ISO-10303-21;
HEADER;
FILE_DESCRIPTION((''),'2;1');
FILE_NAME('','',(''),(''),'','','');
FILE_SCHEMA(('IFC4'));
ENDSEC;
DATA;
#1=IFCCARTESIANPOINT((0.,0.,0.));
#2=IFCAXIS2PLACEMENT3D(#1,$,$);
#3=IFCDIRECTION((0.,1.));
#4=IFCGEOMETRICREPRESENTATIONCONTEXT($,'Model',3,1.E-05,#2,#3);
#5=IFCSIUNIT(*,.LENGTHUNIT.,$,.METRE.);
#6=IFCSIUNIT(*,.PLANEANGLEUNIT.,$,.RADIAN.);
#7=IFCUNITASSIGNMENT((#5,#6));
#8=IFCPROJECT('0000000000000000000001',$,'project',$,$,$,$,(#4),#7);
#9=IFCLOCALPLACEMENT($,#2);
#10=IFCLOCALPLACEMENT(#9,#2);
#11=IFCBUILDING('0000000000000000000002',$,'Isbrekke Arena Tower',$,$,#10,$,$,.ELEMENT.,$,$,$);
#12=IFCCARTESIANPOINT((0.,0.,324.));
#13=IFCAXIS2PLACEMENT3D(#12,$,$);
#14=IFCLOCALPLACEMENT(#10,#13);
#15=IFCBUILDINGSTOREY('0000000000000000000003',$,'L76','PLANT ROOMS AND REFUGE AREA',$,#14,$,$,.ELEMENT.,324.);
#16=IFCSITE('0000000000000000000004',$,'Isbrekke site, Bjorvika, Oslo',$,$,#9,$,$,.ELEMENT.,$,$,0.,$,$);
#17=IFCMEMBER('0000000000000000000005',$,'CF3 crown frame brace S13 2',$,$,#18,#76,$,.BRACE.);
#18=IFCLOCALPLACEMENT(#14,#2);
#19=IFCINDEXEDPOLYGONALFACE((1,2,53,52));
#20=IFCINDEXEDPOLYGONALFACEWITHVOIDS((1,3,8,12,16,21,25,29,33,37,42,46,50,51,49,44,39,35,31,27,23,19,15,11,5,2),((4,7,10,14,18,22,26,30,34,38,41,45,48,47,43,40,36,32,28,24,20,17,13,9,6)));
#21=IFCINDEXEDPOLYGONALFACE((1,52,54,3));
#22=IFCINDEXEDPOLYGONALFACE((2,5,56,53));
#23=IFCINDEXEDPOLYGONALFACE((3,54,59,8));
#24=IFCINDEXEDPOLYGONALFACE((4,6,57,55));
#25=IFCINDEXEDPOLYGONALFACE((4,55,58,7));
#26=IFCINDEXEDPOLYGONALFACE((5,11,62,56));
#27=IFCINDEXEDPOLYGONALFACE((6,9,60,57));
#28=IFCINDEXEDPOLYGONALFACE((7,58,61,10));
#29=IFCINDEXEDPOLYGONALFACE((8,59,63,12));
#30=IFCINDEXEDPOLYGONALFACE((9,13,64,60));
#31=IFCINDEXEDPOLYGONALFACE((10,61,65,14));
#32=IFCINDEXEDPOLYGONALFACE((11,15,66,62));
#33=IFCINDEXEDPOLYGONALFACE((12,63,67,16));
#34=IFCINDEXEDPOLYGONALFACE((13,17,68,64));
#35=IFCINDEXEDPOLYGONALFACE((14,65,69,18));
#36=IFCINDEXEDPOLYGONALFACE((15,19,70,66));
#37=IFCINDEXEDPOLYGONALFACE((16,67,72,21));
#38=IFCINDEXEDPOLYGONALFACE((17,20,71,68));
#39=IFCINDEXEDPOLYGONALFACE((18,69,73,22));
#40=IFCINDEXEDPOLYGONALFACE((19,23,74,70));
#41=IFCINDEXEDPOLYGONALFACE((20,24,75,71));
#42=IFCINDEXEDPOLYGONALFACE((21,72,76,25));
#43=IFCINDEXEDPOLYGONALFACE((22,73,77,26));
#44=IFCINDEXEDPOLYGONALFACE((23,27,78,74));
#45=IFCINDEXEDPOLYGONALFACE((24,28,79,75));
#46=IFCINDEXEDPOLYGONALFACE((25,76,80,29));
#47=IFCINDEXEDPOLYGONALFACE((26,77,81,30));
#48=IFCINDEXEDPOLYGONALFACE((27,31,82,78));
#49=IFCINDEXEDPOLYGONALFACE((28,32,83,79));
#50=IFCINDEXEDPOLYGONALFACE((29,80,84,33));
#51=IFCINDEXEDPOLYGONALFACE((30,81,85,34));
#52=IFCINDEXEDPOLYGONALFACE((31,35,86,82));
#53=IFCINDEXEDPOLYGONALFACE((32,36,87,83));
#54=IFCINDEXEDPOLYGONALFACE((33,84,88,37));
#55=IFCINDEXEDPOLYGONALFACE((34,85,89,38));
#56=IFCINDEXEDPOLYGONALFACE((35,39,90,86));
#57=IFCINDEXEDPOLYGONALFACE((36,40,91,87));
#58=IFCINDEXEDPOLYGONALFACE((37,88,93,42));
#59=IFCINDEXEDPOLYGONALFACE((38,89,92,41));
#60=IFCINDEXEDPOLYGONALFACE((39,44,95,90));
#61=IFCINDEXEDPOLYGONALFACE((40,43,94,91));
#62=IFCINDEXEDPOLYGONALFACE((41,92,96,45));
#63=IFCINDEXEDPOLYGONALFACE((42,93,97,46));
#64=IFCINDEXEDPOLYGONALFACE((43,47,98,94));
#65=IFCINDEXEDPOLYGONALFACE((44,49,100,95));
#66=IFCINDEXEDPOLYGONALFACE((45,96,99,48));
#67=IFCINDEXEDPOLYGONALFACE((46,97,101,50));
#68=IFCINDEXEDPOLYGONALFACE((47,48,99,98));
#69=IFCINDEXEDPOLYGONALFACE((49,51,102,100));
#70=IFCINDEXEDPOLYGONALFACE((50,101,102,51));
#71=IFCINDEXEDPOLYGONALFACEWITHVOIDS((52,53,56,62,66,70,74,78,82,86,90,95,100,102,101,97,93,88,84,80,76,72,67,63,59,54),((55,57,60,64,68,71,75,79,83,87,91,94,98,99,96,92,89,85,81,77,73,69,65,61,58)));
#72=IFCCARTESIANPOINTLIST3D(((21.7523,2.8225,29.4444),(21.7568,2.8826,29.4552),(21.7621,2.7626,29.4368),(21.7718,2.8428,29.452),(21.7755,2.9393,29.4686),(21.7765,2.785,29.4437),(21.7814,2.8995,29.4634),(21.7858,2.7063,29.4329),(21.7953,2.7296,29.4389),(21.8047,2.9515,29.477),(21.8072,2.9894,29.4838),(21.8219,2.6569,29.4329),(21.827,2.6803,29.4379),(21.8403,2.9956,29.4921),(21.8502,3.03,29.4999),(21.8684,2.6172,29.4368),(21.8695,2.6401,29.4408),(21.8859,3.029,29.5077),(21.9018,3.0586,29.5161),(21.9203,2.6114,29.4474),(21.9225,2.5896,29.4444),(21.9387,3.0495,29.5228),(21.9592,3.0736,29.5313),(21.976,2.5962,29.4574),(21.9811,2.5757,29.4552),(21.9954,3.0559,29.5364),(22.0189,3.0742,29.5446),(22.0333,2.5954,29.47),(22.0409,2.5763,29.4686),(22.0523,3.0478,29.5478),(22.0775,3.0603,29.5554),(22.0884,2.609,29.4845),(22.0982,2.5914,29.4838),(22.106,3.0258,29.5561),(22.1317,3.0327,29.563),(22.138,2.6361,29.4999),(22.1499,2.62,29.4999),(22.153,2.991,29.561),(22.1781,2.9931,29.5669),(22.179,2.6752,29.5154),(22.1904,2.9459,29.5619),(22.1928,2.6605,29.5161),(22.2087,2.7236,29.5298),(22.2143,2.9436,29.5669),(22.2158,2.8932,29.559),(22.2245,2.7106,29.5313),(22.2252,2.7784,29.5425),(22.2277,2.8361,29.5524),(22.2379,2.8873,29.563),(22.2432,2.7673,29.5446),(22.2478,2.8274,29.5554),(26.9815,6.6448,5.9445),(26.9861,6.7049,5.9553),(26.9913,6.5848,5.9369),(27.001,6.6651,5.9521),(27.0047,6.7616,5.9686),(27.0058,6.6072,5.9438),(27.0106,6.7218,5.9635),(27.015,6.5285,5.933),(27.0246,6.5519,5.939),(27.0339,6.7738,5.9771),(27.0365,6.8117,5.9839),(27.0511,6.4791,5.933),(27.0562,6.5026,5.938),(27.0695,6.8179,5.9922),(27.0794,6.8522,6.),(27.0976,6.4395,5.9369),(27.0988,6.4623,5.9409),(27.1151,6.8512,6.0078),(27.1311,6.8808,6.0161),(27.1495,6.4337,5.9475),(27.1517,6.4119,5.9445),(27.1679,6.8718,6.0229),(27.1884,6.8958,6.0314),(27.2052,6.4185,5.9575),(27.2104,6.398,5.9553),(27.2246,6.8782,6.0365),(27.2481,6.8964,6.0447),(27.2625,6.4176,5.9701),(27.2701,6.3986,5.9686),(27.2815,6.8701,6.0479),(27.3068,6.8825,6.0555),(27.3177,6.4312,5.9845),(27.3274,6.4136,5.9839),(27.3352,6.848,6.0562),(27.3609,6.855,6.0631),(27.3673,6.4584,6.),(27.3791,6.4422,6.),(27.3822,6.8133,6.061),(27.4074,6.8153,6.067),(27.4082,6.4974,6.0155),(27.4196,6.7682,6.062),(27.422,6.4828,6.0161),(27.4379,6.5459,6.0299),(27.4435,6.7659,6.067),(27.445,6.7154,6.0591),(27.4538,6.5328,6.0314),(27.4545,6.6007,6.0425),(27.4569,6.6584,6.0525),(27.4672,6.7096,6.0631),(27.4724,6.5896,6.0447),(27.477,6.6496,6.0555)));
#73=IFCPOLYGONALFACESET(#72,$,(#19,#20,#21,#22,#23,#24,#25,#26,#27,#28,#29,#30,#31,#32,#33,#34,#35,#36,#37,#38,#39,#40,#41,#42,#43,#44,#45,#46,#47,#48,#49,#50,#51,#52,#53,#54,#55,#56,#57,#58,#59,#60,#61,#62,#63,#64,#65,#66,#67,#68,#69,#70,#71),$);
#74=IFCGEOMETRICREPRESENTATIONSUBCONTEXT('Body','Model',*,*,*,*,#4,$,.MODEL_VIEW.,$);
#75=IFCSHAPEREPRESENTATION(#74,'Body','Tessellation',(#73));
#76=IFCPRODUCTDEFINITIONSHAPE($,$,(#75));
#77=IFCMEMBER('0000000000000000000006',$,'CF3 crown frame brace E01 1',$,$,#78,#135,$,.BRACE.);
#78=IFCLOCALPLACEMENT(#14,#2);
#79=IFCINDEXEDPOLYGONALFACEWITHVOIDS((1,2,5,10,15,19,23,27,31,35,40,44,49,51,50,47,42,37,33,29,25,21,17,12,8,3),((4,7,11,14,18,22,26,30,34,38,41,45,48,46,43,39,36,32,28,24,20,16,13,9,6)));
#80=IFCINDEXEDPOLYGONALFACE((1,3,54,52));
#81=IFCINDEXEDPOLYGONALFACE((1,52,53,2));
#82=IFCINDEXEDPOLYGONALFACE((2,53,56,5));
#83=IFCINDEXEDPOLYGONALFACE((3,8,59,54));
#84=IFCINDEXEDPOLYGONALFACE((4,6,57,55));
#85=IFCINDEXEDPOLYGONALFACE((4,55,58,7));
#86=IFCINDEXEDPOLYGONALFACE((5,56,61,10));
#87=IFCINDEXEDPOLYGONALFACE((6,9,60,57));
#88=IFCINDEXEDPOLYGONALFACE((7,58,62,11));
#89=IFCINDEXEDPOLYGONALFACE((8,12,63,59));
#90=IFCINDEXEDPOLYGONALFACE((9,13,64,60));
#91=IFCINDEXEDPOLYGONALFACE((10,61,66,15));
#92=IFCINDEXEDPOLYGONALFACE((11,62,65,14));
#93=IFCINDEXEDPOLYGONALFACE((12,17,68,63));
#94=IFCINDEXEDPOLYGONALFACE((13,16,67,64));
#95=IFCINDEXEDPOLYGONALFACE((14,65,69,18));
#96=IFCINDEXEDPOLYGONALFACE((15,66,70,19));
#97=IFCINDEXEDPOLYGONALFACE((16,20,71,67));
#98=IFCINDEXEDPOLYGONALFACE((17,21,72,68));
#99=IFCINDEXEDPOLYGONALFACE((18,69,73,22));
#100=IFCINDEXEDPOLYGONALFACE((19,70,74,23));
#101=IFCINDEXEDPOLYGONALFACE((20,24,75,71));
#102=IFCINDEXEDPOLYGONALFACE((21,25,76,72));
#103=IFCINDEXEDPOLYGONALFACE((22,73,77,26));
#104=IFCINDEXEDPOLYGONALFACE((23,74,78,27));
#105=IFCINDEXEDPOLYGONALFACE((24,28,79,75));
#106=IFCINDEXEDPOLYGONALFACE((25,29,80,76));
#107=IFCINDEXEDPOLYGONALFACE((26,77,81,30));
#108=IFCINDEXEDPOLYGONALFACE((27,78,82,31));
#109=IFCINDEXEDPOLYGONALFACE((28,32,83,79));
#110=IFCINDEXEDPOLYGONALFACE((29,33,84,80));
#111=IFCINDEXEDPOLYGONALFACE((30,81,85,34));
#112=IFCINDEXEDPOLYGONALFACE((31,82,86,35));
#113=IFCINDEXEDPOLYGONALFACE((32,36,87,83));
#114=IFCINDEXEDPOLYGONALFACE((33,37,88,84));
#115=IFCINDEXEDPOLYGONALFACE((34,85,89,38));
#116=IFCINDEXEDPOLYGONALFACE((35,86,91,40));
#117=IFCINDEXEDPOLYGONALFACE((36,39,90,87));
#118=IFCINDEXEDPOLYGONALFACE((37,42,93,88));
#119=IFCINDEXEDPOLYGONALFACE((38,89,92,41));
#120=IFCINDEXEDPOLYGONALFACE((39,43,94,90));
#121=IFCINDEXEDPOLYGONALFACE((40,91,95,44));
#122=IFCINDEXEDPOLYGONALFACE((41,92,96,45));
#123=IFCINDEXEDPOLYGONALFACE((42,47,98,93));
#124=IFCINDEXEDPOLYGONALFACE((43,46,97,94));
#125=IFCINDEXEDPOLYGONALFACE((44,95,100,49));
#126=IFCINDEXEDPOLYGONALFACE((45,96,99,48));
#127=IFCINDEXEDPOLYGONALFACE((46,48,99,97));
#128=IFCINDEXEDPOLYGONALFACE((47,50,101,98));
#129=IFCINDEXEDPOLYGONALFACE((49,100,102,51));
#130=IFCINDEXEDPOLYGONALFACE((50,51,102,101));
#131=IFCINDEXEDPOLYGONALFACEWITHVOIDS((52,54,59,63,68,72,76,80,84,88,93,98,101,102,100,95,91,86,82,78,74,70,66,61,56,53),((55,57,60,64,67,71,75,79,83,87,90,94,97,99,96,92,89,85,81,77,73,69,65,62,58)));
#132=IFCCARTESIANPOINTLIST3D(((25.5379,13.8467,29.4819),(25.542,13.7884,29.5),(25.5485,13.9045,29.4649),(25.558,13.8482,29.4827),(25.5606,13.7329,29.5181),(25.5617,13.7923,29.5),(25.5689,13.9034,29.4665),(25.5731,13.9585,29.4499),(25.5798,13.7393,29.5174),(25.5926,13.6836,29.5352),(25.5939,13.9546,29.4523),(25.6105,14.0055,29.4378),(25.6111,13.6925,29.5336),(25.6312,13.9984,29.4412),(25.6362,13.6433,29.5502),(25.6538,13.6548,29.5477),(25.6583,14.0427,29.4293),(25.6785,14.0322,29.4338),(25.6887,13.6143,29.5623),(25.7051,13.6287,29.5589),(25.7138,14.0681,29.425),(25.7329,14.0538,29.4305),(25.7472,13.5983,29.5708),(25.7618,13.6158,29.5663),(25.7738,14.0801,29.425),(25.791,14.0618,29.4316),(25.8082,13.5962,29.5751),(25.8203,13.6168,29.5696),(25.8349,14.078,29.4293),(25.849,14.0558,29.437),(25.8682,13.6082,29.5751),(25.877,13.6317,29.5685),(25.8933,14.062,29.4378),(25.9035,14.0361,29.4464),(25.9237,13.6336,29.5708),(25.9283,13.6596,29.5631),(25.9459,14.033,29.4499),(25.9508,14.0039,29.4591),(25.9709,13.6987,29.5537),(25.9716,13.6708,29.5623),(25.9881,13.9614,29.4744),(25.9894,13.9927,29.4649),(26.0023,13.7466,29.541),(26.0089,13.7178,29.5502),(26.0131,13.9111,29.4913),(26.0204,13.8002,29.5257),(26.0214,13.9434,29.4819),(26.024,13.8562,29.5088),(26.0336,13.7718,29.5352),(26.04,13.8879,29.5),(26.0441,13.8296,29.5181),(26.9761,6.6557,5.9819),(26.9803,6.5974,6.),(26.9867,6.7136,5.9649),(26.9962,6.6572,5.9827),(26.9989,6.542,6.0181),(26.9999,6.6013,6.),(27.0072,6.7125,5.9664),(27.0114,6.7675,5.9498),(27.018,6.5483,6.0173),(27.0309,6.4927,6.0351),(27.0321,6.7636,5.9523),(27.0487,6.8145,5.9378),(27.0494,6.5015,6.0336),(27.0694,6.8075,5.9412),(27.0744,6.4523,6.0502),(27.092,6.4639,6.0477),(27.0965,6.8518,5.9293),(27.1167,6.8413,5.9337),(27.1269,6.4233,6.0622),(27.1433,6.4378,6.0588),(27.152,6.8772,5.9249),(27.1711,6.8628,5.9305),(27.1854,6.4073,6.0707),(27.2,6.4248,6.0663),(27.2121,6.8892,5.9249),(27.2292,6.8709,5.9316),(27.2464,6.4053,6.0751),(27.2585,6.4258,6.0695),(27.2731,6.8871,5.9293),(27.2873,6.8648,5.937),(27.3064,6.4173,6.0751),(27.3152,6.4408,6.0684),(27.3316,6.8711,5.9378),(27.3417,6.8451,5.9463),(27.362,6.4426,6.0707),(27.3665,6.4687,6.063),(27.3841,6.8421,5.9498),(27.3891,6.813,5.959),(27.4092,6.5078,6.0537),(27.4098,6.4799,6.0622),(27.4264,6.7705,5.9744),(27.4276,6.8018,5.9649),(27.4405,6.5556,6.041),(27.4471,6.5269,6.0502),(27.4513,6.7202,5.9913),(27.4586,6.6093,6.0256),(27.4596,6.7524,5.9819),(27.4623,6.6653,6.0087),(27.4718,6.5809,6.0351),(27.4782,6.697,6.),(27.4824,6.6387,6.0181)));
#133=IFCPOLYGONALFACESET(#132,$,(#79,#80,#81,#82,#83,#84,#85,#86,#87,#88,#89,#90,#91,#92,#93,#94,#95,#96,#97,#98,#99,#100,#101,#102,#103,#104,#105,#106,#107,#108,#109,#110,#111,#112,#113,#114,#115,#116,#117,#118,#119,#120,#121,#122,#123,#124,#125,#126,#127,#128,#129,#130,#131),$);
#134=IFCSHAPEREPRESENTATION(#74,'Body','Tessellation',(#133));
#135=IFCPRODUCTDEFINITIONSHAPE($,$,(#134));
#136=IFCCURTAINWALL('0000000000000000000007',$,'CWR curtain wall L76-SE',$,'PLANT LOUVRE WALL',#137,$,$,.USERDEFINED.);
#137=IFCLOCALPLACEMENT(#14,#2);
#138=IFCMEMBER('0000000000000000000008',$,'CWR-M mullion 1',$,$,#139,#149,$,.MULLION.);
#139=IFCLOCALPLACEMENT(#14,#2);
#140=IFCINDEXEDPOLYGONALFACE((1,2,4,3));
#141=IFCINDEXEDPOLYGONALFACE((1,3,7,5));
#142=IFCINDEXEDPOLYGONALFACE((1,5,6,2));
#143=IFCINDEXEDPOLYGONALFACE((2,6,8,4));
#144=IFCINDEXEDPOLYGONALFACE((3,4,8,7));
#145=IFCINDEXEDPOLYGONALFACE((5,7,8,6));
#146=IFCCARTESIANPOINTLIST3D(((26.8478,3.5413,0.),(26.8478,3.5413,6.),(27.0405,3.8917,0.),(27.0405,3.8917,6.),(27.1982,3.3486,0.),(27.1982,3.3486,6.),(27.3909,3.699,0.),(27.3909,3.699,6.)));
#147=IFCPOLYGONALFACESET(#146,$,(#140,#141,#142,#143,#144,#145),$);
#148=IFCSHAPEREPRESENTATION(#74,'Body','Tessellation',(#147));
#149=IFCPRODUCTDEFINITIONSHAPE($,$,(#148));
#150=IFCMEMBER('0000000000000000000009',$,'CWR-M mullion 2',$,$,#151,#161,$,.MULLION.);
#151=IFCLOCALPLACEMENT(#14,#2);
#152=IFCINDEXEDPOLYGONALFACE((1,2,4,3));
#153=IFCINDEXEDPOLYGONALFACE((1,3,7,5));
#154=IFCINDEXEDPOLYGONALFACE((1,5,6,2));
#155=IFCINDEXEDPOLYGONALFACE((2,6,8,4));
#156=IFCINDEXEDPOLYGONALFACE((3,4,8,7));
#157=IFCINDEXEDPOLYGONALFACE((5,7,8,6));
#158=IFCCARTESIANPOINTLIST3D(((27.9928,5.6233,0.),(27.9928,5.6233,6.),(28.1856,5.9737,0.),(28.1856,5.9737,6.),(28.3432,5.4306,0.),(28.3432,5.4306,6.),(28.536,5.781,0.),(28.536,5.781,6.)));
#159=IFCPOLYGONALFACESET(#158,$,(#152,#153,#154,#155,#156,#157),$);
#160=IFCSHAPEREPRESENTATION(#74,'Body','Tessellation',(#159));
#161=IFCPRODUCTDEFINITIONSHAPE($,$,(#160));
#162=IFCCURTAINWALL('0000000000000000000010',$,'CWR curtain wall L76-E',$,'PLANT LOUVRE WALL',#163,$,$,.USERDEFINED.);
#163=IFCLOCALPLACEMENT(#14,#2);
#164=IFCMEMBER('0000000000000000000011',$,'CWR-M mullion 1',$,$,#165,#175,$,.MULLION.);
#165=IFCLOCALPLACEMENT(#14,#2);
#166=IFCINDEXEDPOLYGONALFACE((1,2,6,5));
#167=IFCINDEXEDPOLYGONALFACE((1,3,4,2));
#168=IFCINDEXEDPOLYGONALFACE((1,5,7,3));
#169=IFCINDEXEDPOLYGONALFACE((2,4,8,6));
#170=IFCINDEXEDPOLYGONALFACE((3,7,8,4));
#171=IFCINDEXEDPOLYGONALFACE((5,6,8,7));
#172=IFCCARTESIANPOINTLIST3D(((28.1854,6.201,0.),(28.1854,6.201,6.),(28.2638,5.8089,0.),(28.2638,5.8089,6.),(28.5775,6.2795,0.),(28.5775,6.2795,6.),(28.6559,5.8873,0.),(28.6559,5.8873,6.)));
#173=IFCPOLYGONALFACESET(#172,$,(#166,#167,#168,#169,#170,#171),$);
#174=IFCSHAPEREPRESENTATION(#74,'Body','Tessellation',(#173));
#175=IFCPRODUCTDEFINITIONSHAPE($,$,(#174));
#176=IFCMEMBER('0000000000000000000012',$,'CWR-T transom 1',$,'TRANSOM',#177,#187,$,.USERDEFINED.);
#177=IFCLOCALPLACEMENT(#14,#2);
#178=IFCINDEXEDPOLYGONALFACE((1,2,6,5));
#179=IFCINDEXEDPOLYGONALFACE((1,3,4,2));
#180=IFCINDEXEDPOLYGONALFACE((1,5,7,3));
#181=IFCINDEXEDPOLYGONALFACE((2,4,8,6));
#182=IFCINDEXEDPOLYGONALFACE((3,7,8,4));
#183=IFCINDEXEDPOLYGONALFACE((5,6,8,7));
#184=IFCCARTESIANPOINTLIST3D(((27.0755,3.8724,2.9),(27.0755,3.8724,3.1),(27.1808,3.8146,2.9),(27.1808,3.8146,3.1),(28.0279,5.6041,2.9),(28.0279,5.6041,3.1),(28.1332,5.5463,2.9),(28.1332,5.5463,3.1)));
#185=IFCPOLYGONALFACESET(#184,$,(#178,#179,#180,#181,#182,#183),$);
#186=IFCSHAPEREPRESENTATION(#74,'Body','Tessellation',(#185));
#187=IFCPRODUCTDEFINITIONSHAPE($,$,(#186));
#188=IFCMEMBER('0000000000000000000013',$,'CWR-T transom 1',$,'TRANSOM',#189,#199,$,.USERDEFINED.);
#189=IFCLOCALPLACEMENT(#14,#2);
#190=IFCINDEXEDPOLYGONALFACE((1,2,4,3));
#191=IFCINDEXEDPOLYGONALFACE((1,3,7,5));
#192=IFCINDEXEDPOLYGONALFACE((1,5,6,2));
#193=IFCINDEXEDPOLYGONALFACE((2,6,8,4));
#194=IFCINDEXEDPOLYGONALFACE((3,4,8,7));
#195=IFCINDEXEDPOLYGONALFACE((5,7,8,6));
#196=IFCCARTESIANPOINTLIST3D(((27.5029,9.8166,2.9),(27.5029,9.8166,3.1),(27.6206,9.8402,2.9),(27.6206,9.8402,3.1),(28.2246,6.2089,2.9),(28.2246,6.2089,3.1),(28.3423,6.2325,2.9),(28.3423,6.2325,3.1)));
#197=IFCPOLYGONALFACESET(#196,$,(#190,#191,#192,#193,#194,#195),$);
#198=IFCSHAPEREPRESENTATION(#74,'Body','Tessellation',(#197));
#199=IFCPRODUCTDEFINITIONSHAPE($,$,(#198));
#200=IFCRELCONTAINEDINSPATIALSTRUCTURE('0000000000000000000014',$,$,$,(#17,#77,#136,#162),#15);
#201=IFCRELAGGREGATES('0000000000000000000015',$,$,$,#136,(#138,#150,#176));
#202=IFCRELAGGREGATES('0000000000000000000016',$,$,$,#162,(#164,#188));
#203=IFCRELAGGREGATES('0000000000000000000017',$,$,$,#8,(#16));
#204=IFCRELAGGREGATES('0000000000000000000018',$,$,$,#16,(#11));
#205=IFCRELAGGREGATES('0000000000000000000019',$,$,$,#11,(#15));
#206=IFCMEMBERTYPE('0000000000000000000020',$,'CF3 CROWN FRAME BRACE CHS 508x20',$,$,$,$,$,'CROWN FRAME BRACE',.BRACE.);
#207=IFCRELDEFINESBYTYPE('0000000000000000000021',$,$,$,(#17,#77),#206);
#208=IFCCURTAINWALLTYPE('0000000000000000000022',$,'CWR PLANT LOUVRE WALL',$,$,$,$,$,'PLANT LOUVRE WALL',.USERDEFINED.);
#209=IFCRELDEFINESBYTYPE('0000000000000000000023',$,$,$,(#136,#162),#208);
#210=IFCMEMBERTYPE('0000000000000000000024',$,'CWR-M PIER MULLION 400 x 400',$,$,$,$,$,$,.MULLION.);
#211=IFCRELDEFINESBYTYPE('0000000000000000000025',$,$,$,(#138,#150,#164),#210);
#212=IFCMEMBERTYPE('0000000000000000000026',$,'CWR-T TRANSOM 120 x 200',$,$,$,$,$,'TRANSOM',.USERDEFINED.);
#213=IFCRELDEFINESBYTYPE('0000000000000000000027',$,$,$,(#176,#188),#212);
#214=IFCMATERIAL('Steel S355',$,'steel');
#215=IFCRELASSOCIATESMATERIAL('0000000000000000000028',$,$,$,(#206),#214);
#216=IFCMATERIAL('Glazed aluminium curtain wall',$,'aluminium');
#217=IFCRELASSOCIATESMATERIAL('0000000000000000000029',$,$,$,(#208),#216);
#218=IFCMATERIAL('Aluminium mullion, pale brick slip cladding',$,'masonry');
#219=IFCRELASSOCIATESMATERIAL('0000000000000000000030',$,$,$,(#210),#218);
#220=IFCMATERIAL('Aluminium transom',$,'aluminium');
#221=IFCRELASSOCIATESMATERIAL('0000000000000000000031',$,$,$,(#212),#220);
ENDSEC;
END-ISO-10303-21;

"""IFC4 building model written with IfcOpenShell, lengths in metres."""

from ifc_helpers import new_model, si_unit, direction, frame, origin, origin_2d, place, context, subcontext, project, spatial, rectangle, hollow_circle, extrude, material, material_profile, profile_set, type_object, element, aggregate, save


model = new_model("IFC4")

# Units and contexts
model_context = context("Model", 3, precision=1e-05, world=origin(), true_north=direction((0.0, 1.0)))
body_context = subcontext(model_context, "Body", "Model", "MODEL_VIEW")
ifc_project = project(units=[si_unit("LENGTHUNIT", "METRE"), si_unit("PLANEANGLEUNIT", "RADIAN")], contexts=[model_context])

# Site, building, storey
site_placement = place(None, origin())
site = spatial("IfcSite", under=ifc_project, at=site_placement, Name="Isbrekke site, Bjorvika, Oslo", CompositionType="ELEMENT", RefElevation=0.0)
building_placement = place(site_placement, origin())
building = spatial("IfcBuilding", under=site, at=building_placement, Name="Isbrekke Arena Tower", CompositionType="ELEMENT")
storey_placement = place(building_placement, frame((0.0, 0.0, 324.0)))
storey = spatial("IfcBuildingStorey", under=building, at=storey_placement, Name="L76", Description="PLANT ROOMS AND REFUGE AREA", CompositionType="ELEMENT", Elevation=324.0)

# Members
ifc_material_1 = material(Name="Steel S355", Category="steel")
ifc_material_profile_1 = material_profile(ifc_material_1, hollow_circle(Radius=0.2539, WallThickness=0.02, at=origin_2d()), Name="CHS 508x20")
ifc_profile_set_1 = profile_set([ifc_material_profile_1], Name="Steel S355")
member_type_1 = type_object("IfcMemberType", Name="CF3 CROWN FRAME BRACE CHS 508x20", ElementType="CROWN FRAME BRACE", PredefinedType="BRACE", material=ifc_profile_set_1)
for number, where, z_axis, x_axis, name in (
    (1, (27.2292, 6.6472, 6.0), (-0.214522, -0.156802, 0.964051), (0.590106, -0.807326, 0.0), "CF3 crown frame brace S13 2"),
):
    element("IfcMember", number, at=place(storey_placement, frame(where, z_axis=z_axis, x_axis=x_axis)), inside=storey, type_object=member_type_1, Name=name, PredefinedType="BRACE", context=body_context, shape_type="SweptSolid", body=[
        extrude(hollow_circle(Radius=0.2539, WallThickness=0.02, at=origin_2d()), origin(), (0.0, 0.0, 1.0), 24.3762),
    ])
member_1_placement = place(storey_placement, frame((27.2292, 6.6472, 6.0), z_axis=(-0.058423, 0.292104, 0.9546), x_axis=(-0.980579, -0.196123, 0.0)))
element("IfcMember", 2, at=member_1_placement, inside=storey, type_object=member_type_1, Name="CF3 crown frame brace E01 1", PredefinedType="BRACE", context=body_context, shape_type="SweptSolid", body=[
    extrude(hollow_circle(Radius=0.2539, WallThickness=0.02, at=origin_2d()), origin(), (0.0, 0.0, 1.0), 24.6177),
])

# Curtain wall, members
ifc_material_2 = material(Name="Glazed aluminium curtain wall", Category="aluminium")
curtain_wall_type = type_object("IfcCurtainWallType", Name="CWR PLANT LOUVRE WALL", ElementType="PLANT LOUVRE WALL", PredefinedType="USERDEFINED", material=ifc_material_2)
curtain_wall_1_placement = place(storey_placement, origin())
curtain_wall_1 = element("IfcCurtainWall", 3, at=curtain_wall_1_placement, inside=storey, type_object=curtain_wall_type, Name="CWR curtain wall L76-SE", ObjectType="PLANT LOUVRE WALL", PredefinedType="USERDEFINED")
ifc_material_3 = material(Name="Aluminium mullion, pale brick slip cladding", Category="masonry")
ifc_material_profile_2 = material_profile(ifc_material_3, rectangle(XDim=0.3999, YDim=0.3999, at=origin_2d()), Name="PIER 400X400")
ifc_profile_set_2 = profile_set([ifc_material_profile_2], Name="Aluminium mullion, pale brick slip cladding")
member_type_2 = type_object("IfcMemberType", Name="CWR-M PIER MULLION 400 x 400", PredefinedType="MULLION", material=ifc_profile_set_2)
member_2_placement = place(storey_placement, frame((27.1194, 3.6201, 0.0), z_axis=(0.0, 0.0, 1.0), x_axis=(0.481919, 0.876216, 0.0)))
member_2 = element("IfcMember", 4, at=member_2_placement, type_object=member_type_2, Name="CWR-M mullion 1", PredefinedType="MULLION", context=body_context, shape_type="SweptSolid", body=[
    extrude(rectangle(XDim=0.3999, YDim=0.3999, at=origin_2d()), origin(), (0.0, 0.0, 1.0), 6.0),
])
member_3_placement = place(storey_placement, frame((28.2644, 5.7021, 0.0), z_axis=(0.0, 0.0, 1.0), x_axis=(0.481919, 0.876216, 0.0)))
member_3 = element("IfcMember", 5, at=member_3_placement, type_object=member_type_2, Name="CWR-M mullion 2", PredefinedType="MULLION", context=body_context, shape_type="SweptSolid", body=[
    extrude(rectangle(XDim=0.3999, YDim=0.3999, at=origin_2d()), origin(), (0.0, 0.0, 1.0), 6.0),
])

# Curtain wall, member
curtain_wall_2_placement = place(storey_placement, origin())
curtain_wall_2 = element("IfcCurtainWall", 6, at=curtain_wall_2_placement, inside=storey, type_object=curtain_wall_type, Name="CWR curtain wall L76-E", ObjectType="PLANT LOUVRE WALL", PredefinedType="USERDEFINED")
member_4_placement = place(storey_placement, frame((28.4207, 6.0442, 0.0), z_axis=(0.0, 0.0, 1.0), x_axis=(-0.196116, 0.980581, 0.0)))
member_4 = element("IfcMember", 7, at=member_4_placement, type_object=member_type_2, Name="CWR-M mullion 1", PredefinedType="MULLION", context=body_context, shape_type="SweptSolid", body=[
    extrude(rectangle(XDim=0.3999, YDim=0.3999, at=origin_2d()), origin(), (0.0, 0.0, 1.0), 6.0),
])

# Members
ifc_material_4 = material(Name="Aluminium transom", Category="aluminium")
ifc_material_profile_3 = material_profile(ifc_material_4, rectangle(XDim=0.1201, YDim=0.2, at=origin_2d()), Name="TRANSOM 120X200")
ifc_profile_set_3 = profile_set([ifc_material_profile_3], Name="Aluminium transom")
member_type_3 = type_object("IfcMemberType", Name="CWR-T TRANSOM 120 x 200", ElementType="TRANSOM", PredefinedType="USERDEFINED", material=ifc_profile_set_3)
member_5_placement = place(storey_placement, frame((27.1282, 3.8435, 3.0), z_axis=(0.481905, 0.876224, 0.0), x_axis=(-0.876224, 0.481905, 0.0)))
member_5 = element("IfcMember", 8, at=member_5_placement, type_object=member_type_3, Name="CWR-T transom 1", ObjectType="TRANSOM", PredefinedType="USERDEFINED", context=body_context, shape_type="SweptSolid", body=[
    extrude(rectangle(XDim=0.1201, YDim=0.2, at=origin_2d()), origin(), (0.0, 0.0, 1.0), 1.9763),
])
member_6_placement = place(storey_placement, frame((28.2834, 6.2207, 3.0), z_axis=(-0.196154, 0.980573, 0.0), x_axis=(-0.980573, -0.196154, 0.0)))
member_6 = element("IfcMember", 9, at=member_6_placement, type_object=member_type_3, Name="CWR-T transom 1", ObjectType="TRANSOM", PredefinedType="USERDEFINED", context=body_context, shape_type="SweptSolid", body=[
    extrude(rectangle(XDim=0.1201, YDim=0.2, at=origin_2d()), origin(), (0.0, 0.0, 1.0), 3.6792),
])

aggregate(curtain_wall_1, [member_2, member_3, member_5])
aggregate(curtain_wall_2, [member_4, member_6])

save(model, "model.ifc")
